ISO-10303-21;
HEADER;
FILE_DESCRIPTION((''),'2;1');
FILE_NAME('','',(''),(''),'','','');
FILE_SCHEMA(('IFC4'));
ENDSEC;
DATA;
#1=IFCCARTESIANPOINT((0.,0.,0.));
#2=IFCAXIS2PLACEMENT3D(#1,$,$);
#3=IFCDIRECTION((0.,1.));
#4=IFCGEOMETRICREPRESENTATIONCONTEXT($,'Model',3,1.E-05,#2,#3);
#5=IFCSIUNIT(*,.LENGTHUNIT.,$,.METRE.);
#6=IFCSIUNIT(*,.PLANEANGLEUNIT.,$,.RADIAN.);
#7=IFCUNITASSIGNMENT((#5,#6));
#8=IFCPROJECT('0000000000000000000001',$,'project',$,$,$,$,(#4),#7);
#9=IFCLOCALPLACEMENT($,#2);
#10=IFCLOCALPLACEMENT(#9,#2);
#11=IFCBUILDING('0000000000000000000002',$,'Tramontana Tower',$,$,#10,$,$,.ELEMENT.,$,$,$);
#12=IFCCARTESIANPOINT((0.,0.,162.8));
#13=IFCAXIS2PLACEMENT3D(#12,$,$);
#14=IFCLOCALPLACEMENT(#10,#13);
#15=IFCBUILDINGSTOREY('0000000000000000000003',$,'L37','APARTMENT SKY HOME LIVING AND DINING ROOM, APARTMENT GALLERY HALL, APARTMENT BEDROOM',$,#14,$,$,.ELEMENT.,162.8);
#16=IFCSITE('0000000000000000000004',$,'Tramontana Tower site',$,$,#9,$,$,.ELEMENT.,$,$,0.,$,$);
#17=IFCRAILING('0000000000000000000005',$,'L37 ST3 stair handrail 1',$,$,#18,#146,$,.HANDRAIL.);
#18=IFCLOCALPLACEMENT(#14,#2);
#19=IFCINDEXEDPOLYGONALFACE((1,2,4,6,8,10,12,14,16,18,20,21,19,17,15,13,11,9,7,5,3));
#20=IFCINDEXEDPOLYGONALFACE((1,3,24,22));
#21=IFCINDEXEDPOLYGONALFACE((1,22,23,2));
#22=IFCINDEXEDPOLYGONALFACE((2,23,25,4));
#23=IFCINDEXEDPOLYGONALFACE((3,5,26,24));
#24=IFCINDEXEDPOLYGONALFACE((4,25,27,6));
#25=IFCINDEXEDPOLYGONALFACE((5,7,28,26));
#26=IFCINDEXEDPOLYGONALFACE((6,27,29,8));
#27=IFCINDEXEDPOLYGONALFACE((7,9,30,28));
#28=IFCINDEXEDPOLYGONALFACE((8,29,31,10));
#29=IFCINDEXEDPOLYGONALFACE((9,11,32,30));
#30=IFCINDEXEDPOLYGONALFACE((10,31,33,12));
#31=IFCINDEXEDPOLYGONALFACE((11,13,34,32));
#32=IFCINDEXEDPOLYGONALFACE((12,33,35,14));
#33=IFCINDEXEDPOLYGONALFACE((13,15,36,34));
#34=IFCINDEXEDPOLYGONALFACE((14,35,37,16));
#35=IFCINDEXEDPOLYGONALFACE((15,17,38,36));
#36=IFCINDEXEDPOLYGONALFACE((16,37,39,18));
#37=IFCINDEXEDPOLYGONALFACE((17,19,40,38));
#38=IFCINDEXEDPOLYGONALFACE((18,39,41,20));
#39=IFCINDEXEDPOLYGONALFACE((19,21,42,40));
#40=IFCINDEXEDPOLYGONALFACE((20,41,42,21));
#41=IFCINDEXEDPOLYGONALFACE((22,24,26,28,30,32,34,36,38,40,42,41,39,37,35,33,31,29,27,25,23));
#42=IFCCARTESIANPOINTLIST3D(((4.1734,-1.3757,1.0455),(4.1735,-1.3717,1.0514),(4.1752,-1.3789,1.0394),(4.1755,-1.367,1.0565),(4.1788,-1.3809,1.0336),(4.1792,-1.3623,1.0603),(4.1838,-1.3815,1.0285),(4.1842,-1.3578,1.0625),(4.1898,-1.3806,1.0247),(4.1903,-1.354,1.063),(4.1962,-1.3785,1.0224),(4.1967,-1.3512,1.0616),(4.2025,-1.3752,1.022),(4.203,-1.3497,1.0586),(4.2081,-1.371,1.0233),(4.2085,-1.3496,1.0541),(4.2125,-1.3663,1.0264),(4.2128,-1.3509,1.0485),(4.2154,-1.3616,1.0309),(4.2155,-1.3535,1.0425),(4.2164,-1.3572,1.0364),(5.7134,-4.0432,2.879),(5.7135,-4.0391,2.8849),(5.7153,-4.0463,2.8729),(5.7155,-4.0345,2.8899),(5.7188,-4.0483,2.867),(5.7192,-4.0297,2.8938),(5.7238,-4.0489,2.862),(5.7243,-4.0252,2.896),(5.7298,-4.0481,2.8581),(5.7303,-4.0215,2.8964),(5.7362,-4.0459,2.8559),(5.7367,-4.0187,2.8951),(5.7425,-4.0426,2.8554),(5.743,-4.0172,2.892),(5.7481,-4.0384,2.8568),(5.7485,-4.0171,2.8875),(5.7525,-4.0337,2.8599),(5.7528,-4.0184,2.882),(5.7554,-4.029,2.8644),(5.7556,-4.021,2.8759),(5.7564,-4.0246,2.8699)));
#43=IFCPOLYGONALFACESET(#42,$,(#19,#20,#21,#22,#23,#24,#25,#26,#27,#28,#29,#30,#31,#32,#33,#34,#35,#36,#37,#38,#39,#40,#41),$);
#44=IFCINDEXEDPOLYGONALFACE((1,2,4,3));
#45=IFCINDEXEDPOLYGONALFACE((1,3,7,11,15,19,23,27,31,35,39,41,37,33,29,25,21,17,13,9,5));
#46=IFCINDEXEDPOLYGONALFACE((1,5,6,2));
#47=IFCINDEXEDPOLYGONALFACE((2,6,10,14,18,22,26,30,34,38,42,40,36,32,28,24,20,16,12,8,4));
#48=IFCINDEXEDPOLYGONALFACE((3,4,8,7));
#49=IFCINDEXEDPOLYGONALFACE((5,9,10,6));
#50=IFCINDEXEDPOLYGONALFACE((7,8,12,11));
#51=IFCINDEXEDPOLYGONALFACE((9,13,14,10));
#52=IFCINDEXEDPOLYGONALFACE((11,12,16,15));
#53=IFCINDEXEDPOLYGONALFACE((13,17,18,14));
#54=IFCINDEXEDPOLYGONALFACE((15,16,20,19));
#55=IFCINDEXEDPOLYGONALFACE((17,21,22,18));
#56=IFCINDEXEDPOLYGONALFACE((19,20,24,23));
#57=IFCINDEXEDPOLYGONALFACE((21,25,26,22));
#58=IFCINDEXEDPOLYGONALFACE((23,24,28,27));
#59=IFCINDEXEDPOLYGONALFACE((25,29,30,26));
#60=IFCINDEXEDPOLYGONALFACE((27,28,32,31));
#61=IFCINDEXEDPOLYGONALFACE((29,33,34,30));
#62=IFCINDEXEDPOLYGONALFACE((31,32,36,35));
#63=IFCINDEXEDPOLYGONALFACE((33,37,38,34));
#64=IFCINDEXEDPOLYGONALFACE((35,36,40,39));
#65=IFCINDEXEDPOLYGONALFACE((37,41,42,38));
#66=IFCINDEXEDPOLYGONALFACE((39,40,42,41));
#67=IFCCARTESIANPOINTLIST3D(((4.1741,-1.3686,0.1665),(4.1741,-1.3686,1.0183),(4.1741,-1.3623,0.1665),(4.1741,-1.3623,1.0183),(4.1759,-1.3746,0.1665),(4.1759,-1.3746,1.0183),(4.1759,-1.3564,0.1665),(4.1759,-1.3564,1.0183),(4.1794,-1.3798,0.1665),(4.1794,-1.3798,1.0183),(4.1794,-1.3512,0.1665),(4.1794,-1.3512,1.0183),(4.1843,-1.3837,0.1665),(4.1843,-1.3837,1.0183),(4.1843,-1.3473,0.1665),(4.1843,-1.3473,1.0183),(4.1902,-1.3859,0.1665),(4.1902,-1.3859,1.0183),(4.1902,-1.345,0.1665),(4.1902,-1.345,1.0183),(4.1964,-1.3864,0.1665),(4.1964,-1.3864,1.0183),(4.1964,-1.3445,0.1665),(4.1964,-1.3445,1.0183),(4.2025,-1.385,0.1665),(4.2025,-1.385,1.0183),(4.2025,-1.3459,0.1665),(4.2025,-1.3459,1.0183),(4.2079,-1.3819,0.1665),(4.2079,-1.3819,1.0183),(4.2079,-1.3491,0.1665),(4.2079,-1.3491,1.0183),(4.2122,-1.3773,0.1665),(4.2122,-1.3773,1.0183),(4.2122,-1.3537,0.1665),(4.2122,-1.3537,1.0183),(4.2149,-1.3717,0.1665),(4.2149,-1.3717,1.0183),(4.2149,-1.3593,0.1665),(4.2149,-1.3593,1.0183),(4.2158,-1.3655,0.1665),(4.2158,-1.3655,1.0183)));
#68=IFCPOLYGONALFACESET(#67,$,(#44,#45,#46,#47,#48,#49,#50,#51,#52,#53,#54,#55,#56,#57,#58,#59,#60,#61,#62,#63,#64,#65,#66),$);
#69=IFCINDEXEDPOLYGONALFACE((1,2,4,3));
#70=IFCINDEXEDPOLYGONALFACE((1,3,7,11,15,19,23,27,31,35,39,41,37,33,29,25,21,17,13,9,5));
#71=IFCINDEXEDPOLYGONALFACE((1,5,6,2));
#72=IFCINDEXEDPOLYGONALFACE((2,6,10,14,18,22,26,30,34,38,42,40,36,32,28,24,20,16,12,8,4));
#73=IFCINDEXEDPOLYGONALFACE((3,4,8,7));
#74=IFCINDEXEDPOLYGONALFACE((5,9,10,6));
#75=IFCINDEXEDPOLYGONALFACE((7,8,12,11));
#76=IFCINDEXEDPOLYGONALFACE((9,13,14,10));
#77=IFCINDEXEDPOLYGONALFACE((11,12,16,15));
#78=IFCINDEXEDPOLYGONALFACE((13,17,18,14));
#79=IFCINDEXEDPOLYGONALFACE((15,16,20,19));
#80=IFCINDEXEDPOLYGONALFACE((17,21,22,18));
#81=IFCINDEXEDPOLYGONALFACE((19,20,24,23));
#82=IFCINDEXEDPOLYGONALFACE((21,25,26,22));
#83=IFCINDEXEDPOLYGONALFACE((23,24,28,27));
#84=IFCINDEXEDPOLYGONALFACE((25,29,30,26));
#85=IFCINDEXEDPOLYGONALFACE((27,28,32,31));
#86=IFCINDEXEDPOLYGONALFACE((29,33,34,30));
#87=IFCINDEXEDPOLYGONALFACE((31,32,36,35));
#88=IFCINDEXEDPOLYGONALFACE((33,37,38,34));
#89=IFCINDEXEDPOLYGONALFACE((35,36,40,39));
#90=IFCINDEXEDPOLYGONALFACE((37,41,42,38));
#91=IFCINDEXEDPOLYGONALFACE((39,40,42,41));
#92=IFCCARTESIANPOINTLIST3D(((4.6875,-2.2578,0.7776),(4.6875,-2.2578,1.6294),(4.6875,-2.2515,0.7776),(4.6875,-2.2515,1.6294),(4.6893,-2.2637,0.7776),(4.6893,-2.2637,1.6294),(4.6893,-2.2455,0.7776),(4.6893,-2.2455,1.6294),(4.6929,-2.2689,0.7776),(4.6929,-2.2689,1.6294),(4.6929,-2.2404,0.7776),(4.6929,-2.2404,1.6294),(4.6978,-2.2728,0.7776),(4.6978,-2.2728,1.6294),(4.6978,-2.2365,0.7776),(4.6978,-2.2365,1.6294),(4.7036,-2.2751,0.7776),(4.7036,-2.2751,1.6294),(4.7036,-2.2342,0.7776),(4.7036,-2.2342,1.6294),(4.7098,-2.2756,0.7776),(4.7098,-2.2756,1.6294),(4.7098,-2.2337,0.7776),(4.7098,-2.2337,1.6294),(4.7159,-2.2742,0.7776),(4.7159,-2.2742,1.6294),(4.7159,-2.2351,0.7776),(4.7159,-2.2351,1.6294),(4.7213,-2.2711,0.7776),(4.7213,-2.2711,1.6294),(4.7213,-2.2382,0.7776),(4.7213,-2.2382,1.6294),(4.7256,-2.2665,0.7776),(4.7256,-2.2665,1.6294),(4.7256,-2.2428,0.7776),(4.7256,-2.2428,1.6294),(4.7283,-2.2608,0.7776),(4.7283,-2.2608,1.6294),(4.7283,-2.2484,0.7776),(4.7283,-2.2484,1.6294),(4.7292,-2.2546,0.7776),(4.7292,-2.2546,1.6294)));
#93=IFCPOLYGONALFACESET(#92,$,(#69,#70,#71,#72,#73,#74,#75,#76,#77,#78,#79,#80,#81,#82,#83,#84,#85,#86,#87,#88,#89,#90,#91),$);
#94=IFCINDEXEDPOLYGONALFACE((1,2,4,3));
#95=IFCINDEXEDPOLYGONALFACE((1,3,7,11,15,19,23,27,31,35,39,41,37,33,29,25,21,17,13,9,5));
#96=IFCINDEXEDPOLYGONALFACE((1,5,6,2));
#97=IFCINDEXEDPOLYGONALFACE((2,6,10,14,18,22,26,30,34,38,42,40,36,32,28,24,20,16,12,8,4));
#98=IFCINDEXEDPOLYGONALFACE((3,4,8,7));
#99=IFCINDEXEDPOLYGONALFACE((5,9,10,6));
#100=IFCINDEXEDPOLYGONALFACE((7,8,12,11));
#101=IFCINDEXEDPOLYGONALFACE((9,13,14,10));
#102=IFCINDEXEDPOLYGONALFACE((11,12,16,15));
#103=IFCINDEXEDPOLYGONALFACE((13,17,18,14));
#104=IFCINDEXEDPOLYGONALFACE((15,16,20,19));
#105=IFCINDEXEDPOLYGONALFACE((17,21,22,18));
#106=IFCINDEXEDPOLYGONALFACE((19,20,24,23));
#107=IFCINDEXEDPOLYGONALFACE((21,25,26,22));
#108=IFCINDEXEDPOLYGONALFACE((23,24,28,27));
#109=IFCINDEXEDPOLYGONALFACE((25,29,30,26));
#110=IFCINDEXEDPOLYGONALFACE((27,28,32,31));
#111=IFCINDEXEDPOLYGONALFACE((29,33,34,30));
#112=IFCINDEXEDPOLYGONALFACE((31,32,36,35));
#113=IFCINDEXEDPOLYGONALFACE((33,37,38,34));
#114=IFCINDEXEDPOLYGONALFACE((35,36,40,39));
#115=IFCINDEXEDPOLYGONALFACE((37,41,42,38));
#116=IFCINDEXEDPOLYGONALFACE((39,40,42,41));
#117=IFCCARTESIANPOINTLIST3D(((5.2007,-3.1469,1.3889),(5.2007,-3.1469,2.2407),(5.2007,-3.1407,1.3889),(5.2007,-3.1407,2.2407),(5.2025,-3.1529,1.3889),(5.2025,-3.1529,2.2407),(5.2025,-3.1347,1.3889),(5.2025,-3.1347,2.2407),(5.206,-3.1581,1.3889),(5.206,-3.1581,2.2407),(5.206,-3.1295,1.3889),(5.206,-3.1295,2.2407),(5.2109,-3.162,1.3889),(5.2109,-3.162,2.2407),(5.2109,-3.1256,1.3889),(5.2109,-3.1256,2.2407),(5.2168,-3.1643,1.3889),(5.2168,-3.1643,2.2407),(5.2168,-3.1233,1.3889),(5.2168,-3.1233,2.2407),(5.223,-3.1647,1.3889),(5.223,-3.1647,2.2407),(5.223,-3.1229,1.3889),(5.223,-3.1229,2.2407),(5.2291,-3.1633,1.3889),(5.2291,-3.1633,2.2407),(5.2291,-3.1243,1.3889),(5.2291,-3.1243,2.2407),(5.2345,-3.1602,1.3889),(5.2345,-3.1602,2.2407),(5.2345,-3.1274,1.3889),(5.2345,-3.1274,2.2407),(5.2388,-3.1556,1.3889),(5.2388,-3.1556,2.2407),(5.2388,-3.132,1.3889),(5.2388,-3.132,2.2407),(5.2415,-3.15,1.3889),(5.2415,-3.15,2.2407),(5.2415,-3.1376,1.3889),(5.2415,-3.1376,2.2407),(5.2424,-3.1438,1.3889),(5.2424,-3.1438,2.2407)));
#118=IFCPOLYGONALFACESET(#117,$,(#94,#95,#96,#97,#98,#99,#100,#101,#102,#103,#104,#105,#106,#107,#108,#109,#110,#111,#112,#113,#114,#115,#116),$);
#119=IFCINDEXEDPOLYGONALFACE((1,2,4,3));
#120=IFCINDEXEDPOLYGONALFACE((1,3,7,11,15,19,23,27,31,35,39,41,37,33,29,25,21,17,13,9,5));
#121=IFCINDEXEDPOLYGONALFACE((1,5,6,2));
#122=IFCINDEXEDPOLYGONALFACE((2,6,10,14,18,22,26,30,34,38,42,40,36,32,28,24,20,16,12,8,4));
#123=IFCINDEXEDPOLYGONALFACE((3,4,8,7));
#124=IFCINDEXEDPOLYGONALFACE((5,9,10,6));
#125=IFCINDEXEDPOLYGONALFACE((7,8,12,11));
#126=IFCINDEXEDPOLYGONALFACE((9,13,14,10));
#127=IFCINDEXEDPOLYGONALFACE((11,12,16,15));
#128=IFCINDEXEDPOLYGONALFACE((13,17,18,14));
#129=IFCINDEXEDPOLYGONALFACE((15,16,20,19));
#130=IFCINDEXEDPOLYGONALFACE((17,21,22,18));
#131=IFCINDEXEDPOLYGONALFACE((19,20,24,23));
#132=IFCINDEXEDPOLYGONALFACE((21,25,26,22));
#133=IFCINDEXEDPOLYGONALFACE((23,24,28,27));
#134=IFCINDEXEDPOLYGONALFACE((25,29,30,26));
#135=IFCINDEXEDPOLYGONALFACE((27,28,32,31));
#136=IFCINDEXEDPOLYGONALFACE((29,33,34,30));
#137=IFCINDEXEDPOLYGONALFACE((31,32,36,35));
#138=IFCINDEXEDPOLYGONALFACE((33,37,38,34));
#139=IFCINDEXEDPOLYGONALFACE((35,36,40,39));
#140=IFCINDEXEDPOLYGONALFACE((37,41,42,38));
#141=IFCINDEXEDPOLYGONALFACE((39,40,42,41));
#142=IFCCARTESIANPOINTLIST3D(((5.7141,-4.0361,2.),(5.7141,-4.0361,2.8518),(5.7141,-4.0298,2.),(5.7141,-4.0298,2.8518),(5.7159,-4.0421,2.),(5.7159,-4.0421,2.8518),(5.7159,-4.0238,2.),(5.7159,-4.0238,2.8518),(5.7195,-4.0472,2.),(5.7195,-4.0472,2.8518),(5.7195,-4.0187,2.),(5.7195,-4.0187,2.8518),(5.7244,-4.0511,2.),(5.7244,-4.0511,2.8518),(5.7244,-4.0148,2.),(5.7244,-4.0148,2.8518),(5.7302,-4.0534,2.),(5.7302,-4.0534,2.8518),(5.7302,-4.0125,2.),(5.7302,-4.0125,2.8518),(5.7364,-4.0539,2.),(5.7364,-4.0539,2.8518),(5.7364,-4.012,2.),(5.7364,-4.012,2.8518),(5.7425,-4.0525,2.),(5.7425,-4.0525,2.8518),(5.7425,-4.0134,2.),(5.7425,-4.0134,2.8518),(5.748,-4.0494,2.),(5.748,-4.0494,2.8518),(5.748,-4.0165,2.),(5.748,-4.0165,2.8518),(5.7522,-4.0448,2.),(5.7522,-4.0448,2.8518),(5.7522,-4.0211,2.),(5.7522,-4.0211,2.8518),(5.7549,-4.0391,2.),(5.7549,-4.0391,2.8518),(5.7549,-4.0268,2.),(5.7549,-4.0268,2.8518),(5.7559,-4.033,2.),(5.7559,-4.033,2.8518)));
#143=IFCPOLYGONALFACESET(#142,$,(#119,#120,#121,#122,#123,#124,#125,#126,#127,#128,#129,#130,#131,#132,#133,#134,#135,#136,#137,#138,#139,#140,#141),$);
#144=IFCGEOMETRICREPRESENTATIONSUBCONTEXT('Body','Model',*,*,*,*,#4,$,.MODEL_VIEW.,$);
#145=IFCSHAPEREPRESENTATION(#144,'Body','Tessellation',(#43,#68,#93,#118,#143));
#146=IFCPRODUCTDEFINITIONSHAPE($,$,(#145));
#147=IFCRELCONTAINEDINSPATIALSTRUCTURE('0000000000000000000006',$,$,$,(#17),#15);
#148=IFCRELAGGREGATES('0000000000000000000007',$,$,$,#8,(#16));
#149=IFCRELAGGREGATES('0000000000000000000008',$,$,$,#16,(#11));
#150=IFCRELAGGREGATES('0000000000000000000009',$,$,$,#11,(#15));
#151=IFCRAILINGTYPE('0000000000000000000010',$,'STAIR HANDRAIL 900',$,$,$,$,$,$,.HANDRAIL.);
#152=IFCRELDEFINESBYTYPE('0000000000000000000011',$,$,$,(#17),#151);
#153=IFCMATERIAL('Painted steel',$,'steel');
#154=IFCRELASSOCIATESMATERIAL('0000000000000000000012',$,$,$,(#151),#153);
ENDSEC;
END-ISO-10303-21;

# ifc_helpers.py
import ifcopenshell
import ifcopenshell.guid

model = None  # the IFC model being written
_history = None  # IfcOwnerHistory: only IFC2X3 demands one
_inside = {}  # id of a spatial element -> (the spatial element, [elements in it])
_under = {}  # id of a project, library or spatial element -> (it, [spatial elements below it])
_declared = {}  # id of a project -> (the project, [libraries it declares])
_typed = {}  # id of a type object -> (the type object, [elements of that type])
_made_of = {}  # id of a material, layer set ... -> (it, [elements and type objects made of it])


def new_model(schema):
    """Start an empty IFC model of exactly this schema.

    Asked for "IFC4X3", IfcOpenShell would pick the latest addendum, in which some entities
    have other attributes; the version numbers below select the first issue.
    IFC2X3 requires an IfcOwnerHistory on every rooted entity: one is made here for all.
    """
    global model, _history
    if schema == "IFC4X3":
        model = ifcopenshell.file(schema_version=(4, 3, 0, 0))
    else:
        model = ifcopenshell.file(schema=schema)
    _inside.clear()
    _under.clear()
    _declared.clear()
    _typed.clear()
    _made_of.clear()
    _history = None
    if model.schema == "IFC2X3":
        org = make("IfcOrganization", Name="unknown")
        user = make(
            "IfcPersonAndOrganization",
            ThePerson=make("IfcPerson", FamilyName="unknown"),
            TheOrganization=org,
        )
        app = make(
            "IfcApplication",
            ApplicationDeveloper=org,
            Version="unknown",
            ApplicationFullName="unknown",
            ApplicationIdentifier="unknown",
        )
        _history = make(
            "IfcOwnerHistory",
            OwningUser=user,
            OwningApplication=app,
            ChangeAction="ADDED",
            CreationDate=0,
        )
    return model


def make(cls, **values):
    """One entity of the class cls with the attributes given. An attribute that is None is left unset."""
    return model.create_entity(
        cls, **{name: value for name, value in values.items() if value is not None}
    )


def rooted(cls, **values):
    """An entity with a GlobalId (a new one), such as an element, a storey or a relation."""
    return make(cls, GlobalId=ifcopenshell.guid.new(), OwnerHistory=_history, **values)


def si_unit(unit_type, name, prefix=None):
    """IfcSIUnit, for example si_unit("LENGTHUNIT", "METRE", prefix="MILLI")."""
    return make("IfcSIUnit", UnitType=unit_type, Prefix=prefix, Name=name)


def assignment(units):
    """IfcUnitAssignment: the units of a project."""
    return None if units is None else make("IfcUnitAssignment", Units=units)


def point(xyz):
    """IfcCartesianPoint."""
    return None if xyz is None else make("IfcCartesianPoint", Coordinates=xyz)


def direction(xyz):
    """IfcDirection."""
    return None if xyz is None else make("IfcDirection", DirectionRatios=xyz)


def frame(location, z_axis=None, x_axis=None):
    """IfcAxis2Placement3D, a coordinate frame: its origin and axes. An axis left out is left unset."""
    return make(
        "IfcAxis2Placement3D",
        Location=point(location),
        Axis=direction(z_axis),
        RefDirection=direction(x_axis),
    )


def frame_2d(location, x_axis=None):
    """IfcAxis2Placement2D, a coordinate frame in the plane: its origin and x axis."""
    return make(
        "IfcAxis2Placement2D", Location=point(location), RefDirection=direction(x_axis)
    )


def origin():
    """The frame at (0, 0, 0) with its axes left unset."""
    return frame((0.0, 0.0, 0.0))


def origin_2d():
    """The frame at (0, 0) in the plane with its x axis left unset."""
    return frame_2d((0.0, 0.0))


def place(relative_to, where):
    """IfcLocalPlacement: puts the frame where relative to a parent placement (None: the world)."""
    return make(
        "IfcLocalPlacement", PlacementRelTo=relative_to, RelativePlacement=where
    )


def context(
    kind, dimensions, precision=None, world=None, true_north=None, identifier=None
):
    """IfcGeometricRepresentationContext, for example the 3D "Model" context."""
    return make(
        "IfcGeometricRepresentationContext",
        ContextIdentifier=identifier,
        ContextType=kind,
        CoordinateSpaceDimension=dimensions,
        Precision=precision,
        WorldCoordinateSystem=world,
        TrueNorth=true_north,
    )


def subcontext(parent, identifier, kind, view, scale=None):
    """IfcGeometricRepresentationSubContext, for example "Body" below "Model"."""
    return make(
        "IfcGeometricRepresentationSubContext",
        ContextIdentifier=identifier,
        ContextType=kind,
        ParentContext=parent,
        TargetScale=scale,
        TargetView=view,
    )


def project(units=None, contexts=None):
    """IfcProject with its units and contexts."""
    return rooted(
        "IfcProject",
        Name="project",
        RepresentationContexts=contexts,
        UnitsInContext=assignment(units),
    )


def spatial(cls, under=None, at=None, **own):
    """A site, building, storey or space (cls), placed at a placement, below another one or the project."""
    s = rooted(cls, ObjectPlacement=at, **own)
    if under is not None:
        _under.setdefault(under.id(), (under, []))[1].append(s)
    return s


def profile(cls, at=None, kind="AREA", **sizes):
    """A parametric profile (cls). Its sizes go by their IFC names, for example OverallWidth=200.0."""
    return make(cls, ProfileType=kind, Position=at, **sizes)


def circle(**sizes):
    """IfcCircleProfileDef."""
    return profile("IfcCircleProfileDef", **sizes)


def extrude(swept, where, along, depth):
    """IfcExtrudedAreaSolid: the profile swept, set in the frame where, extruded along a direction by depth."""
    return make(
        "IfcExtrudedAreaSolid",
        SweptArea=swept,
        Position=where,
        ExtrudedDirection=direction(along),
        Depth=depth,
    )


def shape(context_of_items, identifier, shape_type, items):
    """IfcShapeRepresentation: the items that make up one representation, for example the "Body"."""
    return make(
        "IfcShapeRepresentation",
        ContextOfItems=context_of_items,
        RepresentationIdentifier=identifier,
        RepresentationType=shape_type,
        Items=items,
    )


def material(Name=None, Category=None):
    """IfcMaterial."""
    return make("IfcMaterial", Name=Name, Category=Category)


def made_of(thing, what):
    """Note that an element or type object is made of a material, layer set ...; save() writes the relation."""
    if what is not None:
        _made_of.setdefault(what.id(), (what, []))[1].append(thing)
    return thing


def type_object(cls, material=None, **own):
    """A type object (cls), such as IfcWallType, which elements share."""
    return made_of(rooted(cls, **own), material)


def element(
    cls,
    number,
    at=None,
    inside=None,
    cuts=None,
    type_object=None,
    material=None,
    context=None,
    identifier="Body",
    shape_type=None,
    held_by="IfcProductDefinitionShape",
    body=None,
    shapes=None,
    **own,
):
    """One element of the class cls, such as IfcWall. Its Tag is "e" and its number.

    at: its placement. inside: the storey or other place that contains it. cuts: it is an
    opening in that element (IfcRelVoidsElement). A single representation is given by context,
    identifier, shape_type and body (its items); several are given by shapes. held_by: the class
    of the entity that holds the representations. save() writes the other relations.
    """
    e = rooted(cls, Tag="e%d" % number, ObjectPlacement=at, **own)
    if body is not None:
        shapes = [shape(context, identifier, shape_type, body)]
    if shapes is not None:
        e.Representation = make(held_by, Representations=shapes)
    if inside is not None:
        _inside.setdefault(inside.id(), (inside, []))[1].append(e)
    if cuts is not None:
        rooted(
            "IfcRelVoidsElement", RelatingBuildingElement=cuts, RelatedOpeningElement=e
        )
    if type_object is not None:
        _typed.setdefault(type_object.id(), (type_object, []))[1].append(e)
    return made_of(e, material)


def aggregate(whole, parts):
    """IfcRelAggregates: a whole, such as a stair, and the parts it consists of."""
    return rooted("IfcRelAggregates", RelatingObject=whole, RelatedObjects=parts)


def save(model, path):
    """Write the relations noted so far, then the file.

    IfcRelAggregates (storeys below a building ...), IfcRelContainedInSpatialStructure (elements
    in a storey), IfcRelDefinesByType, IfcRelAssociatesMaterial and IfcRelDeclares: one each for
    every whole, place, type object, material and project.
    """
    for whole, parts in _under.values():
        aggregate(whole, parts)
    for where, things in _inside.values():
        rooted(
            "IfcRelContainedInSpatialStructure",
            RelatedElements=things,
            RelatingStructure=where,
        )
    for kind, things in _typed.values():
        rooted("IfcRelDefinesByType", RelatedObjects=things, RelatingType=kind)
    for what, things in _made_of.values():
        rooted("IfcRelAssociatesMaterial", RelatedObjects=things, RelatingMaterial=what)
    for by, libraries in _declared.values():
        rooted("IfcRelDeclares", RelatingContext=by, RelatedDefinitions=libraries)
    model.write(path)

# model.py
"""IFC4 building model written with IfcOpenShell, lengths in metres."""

from ifc_helpers import new_model, si_unit, direction, frame, origin, origin_2d, place, context, subcontext, project, spatial, circle, extrude, material, type_object, element, save


model = new_model("IFC4")

# Units and contexts
model_context = context("Model", 3, precision=1e-05, world=origin(), true_north=direction((0.0, 1.0)))
body_context = subcontext(model_context, "Body", "Model", "MODEL_VIEW")
ifc_project = project(units=[si_unit("LENGTHUNIT", "METRE"), si_unit("PLANEANGLEUNIT", "RADIAN")], contexts=[model_context])

# Site, building, storey
site_placement = place(None, origin())
site = spatial("IfcSite", under=ifc_project, at=site_placement, Name="Tramontana Tower site", CompositionType="ELEMENT", RefElevation=0.0)
building_placement = place(site_placement, origin())
building = spatial("IfcBuilding", under=site, at=building_placement, Name="Tramontana Tower", CompositionType="ELEMENT")
storey_placement = place(building_placement, frame((0.0, 0.0, 162.8)))
storey = spatial("IfcBuildingStorey", under=building, at=storey_placement, Name="L37", Description="APARTMENT SKY HOME LIVING AND DINING ROOM, APARTMENT GALLERY HALL, APARTMENT BEDROOM", CompositionType="ELEMENT", Elevation=162.8)

# Railing
ifc_material_1 = material(Name="Painted steel", Category="steel")
railing_type_1 = type_object("IfcRailingType", Name="STAIR HANDRAIL 900", PredefinedType="HANDRAIL", material=ifc_material_1)
railing_1_placement = place(storey_placement, frame((4.1948, -1.3655, 0.1665)))
element("IfcRailing", 1, at=railing_1_placement, inside=storey, type_object=railing_type_1, Name="L37 ST3 stair handrail 1", PredefinedType="HANDRAIL", context=body_context, shape_type="SweptSolid", body=[
    extrude(circle(Radius=0.0239, at=origin_2d()), frame((0.0, 0.0, 0.876), z_axis=(0.429634, -0.744164, 0.511502), x_axis=(0.86603, 0.499992, 0.0)), (0.0, 0.0, 1.0), 3.5845),
    extrude(circle(Radius=0.021, at=origin_2d()), origin(), (0.0, 0.0, 1.0), 0.8518),
    extrude(circle(Radius=0.021, at=origin_2d()), frame((0.5134, -0.8892, 0.6111)), (0.0, 0.0, 1.0), 0.8518),
    extrude(circle(Radius=0.021, at=origin_2d()), frame((1.0266, -1.7783, 1.2224)), (0.0, 0.0, 1.0), 0.8518),
    extrude(circle(Radius=0.021, at=origin_2d()), frame((1.54, -2.6675, 1.8335)), (0.0, 0.0, 1.0), 0.8518),
])

save(model, "model.ifc")
